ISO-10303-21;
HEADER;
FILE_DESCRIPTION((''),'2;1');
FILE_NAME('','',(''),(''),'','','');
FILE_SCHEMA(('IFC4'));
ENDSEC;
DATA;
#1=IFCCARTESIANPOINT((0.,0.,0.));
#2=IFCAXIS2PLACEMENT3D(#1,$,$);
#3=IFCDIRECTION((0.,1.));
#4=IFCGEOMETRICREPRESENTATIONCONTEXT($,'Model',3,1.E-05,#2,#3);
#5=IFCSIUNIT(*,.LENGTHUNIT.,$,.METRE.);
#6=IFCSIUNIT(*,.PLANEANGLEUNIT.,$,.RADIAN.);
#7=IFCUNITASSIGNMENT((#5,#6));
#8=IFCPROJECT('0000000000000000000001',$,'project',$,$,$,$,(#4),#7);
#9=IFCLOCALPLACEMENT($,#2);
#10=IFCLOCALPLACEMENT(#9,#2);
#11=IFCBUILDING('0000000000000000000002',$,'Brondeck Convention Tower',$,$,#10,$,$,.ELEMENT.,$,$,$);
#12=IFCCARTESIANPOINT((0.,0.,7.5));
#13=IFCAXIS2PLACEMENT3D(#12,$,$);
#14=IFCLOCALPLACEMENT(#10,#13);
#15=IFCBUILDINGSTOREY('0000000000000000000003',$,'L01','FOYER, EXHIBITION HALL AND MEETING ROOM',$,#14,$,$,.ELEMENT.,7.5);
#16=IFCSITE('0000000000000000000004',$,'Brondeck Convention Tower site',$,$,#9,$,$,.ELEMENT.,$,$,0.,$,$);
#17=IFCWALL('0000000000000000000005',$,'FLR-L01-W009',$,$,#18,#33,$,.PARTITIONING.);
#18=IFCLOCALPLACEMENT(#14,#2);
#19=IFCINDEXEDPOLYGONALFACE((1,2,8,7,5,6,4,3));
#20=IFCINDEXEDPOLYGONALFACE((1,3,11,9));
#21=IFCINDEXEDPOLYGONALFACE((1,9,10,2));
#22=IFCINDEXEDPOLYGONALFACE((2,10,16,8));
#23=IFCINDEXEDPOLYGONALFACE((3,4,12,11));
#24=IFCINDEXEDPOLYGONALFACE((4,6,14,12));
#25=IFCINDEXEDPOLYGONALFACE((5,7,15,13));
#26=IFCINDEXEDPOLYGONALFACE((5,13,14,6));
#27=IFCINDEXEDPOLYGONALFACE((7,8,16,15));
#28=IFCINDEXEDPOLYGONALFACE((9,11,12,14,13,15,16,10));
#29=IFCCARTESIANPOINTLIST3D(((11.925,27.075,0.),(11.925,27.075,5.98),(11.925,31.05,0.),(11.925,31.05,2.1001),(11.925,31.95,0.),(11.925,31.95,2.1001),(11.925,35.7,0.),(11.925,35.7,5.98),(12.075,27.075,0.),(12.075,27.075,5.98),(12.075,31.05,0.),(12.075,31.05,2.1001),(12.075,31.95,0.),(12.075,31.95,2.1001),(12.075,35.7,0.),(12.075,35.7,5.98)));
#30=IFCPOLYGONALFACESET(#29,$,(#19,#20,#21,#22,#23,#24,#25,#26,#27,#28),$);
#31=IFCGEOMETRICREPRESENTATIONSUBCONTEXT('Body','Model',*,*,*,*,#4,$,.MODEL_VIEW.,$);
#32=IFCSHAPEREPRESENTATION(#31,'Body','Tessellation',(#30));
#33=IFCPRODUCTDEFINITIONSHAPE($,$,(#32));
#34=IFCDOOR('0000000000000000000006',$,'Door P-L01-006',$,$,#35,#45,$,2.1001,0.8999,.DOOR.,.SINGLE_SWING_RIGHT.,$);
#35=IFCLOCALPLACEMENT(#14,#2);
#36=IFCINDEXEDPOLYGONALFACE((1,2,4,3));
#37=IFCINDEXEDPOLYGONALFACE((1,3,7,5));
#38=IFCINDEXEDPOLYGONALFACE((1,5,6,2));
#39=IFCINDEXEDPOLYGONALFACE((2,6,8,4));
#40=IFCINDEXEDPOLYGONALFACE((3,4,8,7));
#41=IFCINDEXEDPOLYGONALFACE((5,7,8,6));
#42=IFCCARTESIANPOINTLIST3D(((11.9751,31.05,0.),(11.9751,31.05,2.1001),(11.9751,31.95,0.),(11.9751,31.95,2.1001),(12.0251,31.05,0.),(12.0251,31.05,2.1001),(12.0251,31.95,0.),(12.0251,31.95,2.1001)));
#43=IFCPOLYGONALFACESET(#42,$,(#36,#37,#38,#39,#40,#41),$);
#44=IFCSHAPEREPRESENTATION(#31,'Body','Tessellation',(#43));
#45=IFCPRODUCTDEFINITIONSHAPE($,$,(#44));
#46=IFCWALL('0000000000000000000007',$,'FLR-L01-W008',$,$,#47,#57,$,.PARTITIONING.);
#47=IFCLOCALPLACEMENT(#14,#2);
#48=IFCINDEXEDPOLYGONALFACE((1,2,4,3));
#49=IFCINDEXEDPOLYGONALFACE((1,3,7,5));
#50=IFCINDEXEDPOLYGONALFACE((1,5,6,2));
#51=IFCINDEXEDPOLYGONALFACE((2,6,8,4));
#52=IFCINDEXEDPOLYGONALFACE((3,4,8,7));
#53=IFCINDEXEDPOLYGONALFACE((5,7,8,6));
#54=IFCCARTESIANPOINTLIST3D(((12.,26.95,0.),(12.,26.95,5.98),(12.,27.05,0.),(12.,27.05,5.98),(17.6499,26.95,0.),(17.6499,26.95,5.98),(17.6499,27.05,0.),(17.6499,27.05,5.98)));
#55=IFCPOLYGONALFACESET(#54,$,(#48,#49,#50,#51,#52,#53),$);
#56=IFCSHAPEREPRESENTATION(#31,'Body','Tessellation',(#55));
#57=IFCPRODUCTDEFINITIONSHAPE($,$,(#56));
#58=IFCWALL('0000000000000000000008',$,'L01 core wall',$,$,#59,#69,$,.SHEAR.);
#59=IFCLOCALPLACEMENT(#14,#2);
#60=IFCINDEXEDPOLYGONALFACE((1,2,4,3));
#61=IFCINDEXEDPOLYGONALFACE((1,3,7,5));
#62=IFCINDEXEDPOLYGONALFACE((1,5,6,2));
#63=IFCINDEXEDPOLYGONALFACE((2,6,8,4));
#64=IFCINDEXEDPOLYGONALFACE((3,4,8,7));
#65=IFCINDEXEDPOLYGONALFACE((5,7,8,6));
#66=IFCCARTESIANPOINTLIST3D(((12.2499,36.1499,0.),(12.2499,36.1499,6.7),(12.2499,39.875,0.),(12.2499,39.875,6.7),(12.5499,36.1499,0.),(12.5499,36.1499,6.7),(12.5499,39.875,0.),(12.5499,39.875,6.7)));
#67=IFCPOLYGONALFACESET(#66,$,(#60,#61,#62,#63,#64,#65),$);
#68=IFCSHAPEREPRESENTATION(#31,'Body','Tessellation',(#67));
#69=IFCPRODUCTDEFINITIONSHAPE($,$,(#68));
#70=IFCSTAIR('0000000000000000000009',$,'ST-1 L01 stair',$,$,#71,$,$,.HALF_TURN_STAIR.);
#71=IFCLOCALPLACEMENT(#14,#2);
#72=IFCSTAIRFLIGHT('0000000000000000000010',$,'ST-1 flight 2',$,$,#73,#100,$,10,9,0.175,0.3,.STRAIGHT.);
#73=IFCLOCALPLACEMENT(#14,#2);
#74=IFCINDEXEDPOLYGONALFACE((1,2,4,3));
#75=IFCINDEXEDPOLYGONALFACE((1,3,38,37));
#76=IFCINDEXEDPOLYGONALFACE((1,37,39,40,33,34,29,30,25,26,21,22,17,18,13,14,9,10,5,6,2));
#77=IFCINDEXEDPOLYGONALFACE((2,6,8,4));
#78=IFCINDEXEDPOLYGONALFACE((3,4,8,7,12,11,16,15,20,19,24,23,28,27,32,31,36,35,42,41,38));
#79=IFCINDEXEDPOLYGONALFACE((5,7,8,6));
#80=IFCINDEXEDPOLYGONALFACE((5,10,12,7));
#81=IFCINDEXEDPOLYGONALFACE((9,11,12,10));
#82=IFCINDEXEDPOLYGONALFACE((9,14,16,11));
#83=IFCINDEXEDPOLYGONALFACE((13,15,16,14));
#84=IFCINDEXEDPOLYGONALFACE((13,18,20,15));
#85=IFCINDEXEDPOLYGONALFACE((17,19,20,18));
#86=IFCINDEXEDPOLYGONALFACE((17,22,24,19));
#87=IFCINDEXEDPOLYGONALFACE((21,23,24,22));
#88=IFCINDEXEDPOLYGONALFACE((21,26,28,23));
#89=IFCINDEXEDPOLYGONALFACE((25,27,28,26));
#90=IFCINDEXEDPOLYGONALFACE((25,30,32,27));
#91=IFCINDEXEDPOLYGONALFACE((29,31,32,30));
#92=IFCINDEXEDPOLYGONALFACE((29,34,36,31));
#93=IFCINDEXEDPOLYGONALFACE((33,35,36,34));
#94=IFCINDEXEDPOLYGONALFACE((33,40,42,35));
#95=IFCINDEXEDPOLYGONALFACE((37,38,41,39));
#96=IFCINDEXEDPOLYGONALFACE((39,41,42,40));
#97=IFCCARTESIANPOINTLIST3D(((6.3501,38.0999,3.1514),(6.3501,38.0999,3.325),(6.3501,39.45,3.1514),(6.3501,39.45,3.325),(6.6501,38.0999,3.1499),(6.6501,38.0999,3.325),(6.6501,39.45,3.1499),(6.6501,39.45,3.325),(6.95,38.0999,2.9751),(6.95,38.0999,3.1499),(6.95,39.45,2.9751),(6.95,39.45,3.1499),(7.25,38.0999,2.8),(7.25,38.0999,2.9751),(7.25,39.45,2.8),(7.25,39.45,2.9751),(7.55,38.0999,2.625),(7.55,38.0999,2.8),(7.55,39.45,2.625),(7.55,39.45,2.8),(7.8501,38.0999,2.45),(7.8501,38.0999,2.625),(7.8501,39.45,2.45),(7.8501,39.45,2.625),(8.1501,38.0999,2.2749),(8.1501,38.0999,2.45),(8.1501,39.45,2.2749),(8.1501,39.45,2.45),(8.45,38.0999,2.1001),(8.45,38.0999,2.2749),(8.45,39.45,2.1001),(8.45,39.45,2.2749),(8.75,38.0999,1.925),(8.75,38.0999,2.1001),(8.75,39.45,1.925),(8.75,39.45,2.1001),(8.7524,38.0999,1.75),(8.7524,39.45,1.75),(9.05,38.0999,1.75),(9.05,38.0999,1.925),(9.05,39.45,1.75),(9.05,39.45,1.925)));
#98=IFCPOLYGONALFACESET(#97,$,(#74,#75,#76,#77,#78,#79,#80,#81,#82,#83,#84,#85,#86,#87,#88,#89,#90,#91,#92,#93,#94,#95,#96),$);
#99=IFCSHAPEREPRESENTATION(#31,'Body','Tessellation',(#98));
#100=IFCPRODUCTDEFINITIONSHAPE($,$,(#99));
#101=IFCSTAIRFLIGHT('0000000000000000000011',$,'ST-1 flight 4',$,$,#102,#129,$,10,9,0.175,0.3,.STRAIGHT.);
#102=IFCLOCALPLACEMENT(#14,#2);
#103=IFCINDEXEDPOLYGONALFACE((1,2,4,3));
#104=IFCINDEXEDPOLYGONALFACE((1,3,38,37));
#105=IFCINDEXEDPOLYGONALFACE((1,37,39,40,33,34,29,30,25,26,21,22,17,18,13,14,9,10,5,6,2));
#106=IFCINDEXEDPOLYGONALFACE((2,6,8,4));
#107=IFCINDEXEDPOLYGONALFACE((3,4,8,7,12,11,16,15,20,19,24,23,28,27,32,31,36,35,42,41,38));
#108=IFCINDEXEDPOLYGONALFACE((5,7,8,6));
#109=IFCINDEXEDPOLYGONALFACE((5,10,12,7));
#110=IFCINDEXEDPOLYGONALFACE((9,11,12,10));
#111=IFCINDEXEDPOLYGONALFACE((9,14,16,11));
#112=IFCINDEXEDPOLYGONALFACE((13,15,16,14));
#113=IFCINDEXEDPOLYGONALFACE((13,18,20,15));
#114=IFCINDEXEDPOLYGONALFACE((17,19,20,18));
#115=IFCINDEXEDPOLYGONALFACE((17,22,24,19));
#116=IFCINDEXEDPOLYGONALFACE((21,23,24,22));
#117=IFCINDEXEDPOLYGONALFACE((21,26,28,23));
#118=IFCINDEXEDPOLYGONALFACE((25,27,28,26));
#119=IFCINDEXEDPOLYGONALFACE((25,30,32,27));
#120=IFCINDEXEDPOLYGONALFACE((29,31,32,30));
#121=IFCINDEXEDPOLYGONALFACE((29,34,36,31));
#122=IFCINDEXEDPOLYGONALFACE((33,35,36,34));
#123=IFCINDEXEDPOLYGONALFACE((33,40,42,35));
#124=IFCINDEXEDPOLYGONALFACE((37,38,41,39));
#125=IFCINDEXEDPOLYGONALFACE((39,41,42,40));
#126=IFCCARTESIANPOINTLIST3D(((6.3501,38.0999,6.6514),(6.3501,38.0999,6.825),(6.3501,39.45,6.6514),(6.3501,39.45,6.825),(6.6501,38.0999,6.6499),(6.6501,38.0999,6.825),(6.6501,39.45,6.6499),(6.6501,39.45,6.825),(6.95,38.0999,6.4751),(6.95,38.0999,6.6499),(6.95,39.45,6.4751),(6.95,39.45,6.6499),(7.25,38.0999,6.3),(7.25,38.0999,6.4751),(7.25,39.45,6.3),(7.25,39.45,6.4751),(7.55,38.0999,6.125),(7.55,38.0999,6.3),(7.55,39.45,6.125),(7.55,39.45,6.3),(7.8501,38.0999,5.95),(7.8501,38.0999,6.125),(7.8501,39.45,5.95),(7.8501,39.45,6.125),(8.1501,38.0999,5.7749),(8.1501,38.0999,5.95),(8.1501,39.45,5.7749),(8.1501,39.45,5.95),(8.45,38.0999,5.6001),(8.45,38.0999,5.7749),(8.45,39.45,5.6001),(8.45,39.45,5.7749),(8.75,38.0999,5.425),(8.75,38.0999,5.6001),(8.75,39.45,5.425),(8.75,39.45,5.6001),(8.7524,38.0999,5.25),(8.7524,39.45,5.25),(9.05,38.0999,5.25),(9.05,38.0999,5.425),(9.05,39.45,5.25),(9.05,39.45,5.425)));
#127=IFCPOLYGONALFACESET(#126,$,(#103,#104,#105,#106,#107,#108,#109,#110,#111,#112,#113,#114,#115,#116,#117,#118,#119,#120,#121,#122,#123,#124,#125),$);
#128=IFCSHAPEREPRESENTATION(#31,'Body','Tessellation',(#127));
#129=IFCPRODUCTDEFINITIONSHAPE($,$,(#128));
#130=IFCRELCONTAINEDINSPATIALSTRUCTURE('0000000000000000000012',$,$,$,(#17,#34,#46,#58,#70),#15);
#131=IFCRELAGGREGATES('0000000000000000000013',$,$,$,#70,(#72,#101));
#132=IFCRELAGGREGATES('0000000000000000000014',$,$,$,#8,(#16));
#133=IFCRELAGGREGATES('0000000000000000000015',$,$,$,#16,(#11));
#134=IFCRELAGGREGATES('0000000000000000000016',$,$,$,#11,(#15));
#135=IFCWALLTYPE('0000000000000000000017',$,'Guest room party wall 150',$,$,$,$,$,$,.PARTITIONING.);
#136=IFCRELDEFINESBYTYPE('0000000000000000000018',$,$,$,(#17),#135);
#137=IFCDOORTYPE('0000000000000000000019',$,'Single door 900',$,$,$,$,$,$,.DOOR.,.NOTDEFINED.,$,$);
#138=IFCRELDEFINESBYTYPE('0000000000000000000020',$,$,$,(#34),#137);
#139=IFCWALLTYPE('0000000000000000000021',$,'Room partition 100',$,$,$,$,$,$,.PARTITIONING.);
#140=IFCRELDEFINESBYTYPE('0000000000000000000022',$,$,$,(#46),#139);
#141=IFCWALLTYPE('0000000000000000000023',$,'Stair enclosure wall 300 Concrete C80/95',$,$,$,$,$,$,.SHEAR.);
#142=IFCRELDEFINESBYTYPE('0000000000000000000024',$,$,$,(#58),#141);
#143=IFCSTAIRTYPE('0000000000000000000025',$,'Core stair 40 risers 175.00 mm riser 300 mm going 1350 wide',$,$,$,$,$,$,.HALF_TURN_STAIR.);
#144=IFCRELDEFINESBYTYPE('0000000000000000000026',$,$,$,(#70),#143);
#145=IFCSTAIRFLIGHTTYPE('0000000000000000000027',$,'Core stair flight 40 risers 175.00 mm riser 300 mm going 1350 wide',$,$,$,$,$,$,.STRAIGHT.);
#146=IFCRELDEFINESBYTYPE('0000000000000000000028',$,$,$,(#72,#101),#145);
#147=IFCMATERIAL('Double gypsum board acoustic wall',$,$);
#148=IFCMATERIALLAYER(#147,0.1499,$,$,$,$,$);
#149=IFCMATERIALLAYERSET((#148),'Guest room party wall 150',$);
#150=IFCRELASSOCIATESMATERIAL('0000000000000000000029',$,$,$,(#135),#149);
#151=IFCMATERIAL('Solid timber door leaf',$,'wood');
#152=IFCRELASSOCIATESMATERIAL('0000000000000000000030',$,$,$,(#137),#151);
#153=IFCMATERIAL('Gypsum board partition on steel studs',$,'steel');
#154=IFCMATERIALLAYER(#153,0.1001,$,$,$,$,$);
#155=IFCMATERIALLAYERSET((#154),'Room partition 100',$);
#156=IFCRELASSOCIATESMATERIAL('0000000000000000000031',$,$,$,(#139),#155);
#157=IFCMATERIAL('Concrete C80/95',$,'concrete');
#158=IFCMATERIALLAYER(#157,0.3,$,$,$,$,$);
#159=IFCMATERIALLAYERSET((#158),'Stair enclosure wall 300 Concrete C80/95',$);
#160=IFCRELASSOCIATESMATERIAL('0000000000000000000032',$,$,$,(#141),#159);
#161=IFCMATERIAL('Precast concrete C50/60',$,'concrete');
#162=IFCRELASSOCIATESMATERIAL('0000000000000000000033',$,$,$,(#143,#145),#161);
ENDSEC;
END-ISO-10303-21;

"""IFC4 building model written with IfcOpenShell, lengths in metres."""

from ifc_helpers import new_model, si_unit, direction, frame, frame_2d, origin, place, context, subcontext, project, spatial, polyline, rectangle, outline, extrude, material, layer, layer_set, type_object, element, fill, aggregate, save


model = new_model("IFC4")

# Units and contexts
model_context = context("Model", 3, precision=1e-05, world=origin(), true_north=direction((0.0, 1.0)))
body_context = subcontext(model_context, "Body", "Model", "MODEL_VIEW")
ifc_project = project(units=[si_unit("LENGTHUNIT", "METRE"), si_unit("PLANEANGLEUNIT", "RADIAN")], contexts=[model_context])

# Site, building, storey
site_placement = place(None, origin())
site = spatial("IfcSite", under=ifc_project, at=site_placement, Name="Brondeck Convention Tower site", CompositionType="ELEMENT", RefElevation=0.0)
building_placement = place(site_placement, origin())
building = spatial("IfcBuilding", under=site, at=building_placement, Name="Brondeck Convention Tower", CompositionType="ELEMENT")
storey_placement = place(building_placement, frame((0.0, 0.0, 7.5)))
storey = spatial("IfcBuildingStorey", under=building, at=storey_placement, Name="L01", Description="FOYER, EXHIBITION HALL AND MEETING ROOM", CompositionType="ELEMENT", Elevation=7.5)

# Shared definitions
ifc_material_1 = material(Name="Concrete C80/95", Category="concrete")

# Shared definitions
ifc_material_2 = material(Name="Double gypsum board acoustic wall")
ifc_layer_1 = layer(ifc_material_2, 0.1499)
ifc_layer_set_1 = layer_set([ifc_layer_1], Name="Guest room party wall 150")
wall_type_1 = type_object("IfcWallType", Name="Guest room party wall 150", PredefinedType="PARTITIONING", material=ifc_layer_set_1)

# Wall, opening, door
wall_1_placement = place(storey_placement, frame((12.0, 27.075, 0.0), z_axis=(0.0, 0.0, 1.0), x_axis=(0.0, 1.0, 0.0)))
wall_1 = element("IfcWall", 1, at=wall_1_placement, inside=storey, type_object=wall_type_1, Name="FLR-L01-W009", PredefinedType="PARTITIONING", context=body_context, shape_type="SweptSolid", body=[
    extrude(rectangle(XDim=8.625, YDim=0.1499, at=frame_2d((4.3125, 0.0))), origin(), (0.0, 0.0, 1.0), 5.98),
])
opening_1_placement = place(wall_1_placement, frame((3.9751, 0.0, 0.0)))
opening_1 = element("IfcOpeningElement", 2, at=opening_1_placement, cuts=wall_1, PredefinedType="OPENING", context=body_context, shape_type="SweptSolid", body=[
    extrude(rectangle(XDim=0.8999, YDim=2.1001, at=frame_2d((0.45, 1.05))), frame((0.0, 0.085, 0.0), z_axis=(0.0, -1.0, 0.0), x_axis=(1.0, 0.0, 0.0)), (0.0, 0.0, 1.0), 0.1699),
])
ifc_material_3 = material(Name="Solid timber door leaf", Category="wood")
door_type_1 = type_object("IfcDoorType", Name="Single door 900", OperationType="NOTDEFINED", PredefinedType="DOOR", material=ifc_material_3)
door_1_placement = place(opening_1_placement, origin())
door_1 = element("IfcDoor", 3, at=door_1_placement, inside=storey, type_object=door_type_1, Name="Door P-L01-006", OperationType="SINGLE_SWING_RIGHT", OverallHeight=2.1001, OverallWidth=0.8999, PredefinedType="DOOR", context=body_context, shape_type="SweptSolid", body=[
    extrude(rectangle(XDim=0.8999, YDim=2.1001, at=frame_2d((0.45, 1.05))), frame((0.0, 0.0249, 0.0), z_axis=(0.0, -1.0, 0.0), x_axis=(1.0, 0.0, 0.0)), (0.0, 0.0, 1.0), 0.05),
])
fill(opening_1, door_1)

# Walls
ifc_material_4 = material(Name="Gypsum board partition on steel studs", Category="steel")
ifc_layer_2 = layer(ifc_material_4, 0.1001)
ifc_layer_set_2 = layer_set([ifc_layer_2], Name="Room partition 100")
wall_type_2 = type_object("IfcWallType", Name="Room partition 100", PredefinedType="PARTITIONING", material=ifc_layer_set_2)
wall_2_placement = place(storey_placement, frame((17.6499, 27.0, 0.0), z_axis=(0.0, 0.0, 1.0), x_axis=(-1.0, 0.0, 0.0)))
element("IfcWall", 4, at=wall_2_placement, inside=storey, type_object=wall_type_2, Name="FLR-L01-W008", PredefinedType="PARTITIONING", context=body_context, shape_type="SweptSolid", body=[
    extrude(rectangle(XDim=5.6499, YDim=0.1001, at=frame_2d((2.825, 0.0))), origin(), (0.0, 0.0, 1.0), 5.98),
])
ifc_layer_3 = layer(ifc_material_1, 0.3)
ifc_layer_set_3 = layer_set([ifc_layer_3], Name="Stair enclosure wall 300 Concrete C80/95")
wall_type_3 = type_object("IfcWallType", Name="Stair enclosure wall 300 Concrete C80/95", PredefinedType="SHEAR", material=ifc_layer_set_3)
wall_3_placement = place(storey_placement, frame((12.3999, 36.1499, 0.0), z_axis=(0.0, 0.0, 1.0), x_axis=(0.0, 1.0, 0.0)))
element("IfcWall", 5, at=wall_3_placement, inside=storey, type_object=wall_type_3, Name="L01 core wall", PredefinedType="SHEAR", context=body_context, shape_type="SweptSolid", body=[
    extrude(rectangle(XDim=3.7251, YDim=0.3, at=frame_2d((1.8625, 0.0))), origin(), (0.0, 0.0, 1.0), 6.7),
])

# Stair, stair flights
ifc_material_5 = material(Name="Precast concrete C50/60", Category="concrete")
stair_type = type_object("IfcStairType", Name="Core stair 40 risers 175.00 mm riser 300 mm going 1350 wide", PredefinedType="HALF_TURN_STAIR", material=ifc_material_5)
stair_placement = place(storey_placement, origin())
stair = element("IfcStair", 6, at=stair_placement, inside=storey, type_object=stair_type, Name="ST-1 L01 stair", PredefinedType="HALF_TURN_STAIR")
stair_flight_type = type_object("IfcStairFlightType", Name="Core stair flight 40 risers 175.00 mm riser 300 mm going 1350 wide", PredefinedType="STRAIGHT", material=ifc_material_5)
stair_flight_1_placement = place(storey_placement, frame((9.05, 38.7749, 1.75), z_axis=(0.0, 0.0, 1.0), x_axis=(-1.0, 0.0, 0.0)))
stair_flight_1 = element("IfcStairFlight", 7, at=stair_flight_1_placement, type_object=stair_flight_type, Name="ST-1 flight 2", NumberOfRisers=10, NumberOfTreads=9, PredefinedType="STRAIGHT", RiserHeight=0.175, TreadLength=0.3, context=body_context, shape_type="SweptSolid", body=[
    extrude(outline(polyline([(0.0, 0.0), (0.0, 0.175), (0.3, 0.175), (0.3, 0.3501), (0.6001, 0.3501), (0.6001, 0.5249), (0.8999, 0.5249), (0.8999, 0.7), (1.2, 0.7), (1.2, 0.875), (1.5, 0.875), (1.5, 1.05), (1.8, 1.05), (1.8, 1.2251), (2.1001, 1.2251), (2.1001, 1.3999), (2.3999, 1.3999), (2.3999, 1.575), (2.7, 1.575), (2.7, 1.75), (2.7, 1.4014), (0.2976, 0.0), (0.0, 0.0)])), frame((0.0, 0.675, 0.0), z_axis=(0.0, -1.0, 0.0), x_axis=(1.0, 0.0, 0.0)), (0.0, 0.0, 1.0), 1.3501),
])
stair_flight_2_placement = place(storey_placement, frame((9.05, 38.7749, 5.25), z_axis=(0.0, 0.0, 1.0), x_axis=(-1.0, 0.0, 0.0)))
stair_flight_2 = element("IfcStairFlight", 8, at=stair_flight_2_placement, type_object=stair_flight_type, Name="ST-1 flight 4", NumberOfRisers=10, NumberOfTreads=9, PredefinedType="STRAIGHT", RiserHeight=0.175, TreadLength=0.3, context=body_context, shape_type="SweptSolid", body=[
    extrude(outline(polyline([(0.0, 0.0), (0.0, 0.175), (0.3, 0.175), (0.3, 0.3501), (0.6001, 0.3501), (0.6001, 0.5249), (0.8999, 0.5249), (0.8999, 0.7), (1.2, 0.7), (1.2, 0.875), (1.5, 0.875), (1.5, 1.05), (1.8, 1.05), (1.8, 1.2251), (2.1001, 1.2251), (2.1001, 1.3999), (2.3999, 1.3999), (2.3999, 1.575), (2.7, 1.575), (2.7, 1.75), (2.7, 1.4014), (0.2976, 0.0), (0.0, 0.0)])), frame((0.0, 0.675, 0.0), z_axis=(0.0, -1.0, 0.0), x_axis=(1.0, 0.0, 0.0)), (0.0, 0.0, 1.0), 1.3501),
])
aggregate(stair, [stair_flight_1, stair_flight_2])

save(model, "model.ifc")
